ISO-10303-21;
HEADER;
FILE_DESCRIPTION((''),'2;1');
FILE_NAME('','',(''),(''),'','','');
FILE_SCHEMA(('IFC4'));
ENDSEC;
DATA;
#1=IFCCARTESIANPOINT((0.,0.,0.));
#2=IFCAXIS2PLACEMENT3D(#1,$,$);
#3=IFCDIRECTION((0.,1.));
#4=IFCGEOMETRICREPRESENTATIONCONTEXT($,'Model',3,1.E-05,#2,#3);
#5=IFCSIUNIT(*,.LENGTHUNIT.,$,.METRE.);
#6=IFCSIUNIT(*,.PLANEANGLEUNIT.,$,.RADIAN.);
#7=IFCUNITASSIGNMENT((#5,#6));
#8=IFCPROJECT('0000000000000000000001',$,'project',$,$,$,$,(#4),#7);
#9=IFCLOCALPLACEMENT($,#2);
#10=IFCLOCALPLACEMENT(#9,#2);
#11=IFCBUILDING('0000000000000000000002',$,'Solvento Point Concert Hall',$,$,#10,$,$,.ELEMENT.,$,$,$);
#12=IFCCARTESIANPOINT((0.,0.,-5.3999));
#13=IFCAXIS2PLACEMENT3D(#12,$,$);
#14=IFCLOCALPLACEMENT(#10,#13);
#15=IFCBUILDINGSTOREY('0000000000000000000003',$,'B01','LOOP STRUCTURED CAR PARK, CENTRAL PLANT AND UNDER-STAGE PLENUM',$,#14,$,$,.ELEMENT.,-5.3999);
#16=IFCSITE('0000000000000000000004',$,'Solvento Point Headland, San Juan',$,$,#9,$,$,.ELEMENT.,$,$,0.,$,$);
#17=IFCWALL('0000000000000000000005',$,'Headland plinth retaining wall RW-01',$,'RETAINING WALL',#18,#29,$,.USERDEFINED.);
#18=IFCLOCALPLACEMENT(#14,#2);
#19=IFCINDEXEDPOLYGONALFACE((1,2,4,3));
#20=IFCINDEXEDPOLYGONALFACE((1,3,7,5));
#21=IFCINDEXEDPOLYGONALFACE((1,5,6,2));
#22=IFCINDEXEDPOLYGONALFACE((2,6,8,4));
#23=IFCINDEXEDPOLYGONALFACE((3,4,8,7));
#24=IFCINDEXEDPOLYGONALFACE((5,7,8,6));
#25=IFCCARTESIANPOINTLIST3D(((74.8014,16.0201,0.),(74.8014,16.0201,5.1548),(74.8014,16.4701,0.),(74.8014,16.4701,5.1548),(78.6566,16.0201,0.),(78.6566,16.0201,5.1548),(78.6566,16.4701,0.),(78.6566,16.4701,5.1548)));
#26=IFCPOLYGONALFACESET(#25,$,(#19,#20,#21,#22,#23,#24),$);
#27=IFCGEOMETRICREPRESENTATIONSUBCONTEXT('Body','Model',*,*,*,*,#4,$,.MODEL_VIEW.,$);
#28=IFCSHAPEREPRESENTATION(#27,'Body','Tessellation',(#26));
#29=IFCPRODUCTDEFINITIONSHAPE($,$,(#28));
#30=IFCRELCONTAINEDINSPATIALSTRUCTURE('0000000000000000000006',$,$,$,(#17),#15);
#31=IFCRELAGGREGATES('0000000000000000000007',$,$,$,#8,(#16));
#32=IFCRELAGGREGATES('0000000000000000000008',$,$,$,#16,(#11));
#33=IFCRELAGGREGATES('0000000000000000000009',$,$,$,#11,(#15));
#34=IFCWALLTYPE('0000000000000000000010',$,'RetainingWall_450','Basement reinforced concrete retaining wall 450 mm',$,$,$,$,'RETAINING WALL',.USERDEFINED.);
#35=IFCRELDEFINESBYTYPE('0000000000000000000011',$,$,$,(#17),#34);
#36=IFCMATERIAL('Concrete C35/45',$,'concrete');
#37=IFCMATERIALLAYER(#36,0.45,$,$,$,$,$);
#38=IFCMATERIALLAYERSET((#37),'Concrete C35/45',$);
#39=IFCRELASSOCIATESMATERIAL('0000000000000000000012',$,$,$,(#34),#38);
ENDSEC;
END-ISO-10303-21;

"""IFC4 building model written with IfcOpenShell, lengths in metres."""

from ifc_helpers import new_model, si_unit, direction, frame, frame_2d, origin, place, context, subcontext, project, spatial, rectangle, extrude, material, layer, layer_set, type_object, element, save


model = new_model("IFC4")

# Units and contexts
model_context = context("Model", 3, precision=1e-05, world=origin(), true_north=direction((0.0, 1.0)))
body_context = subcontext(model_context, "Body", "Model", "MODEL_VIEW")
ifc_project = project(units=[si_unit("LENGTHUNIT", "METRE"), si_unit("PLANEANGLEUNIT", "RADIAN")], contexts=[model_context])

# Site, building, storey
site_placement = place(None, origin())
site = spatial("IfcSite", under=ifc_project, at=site_placement, Name="Solvento Point Headland, San Juan", CompositionType="ELEMENT", RefElevation=0.0)
building_placement = place(site_placement, origin())
building = spatial("IfcBuilding", under=site, at=building_placement, Name="Solvento Point Concert Hall", CompositionType="ELEMENT")
storey_placement = place(building_placement, frame((0.0, 0.0, -5.3999)))
storey = spatial("IfcBuildingStorey", under=building, at=storey_placement, Name="B01", Description="LOOP STRUCTURED CAR PARK, CENTRAL PLANT AND UNDER-STAGE PLENUM", CompositionType="ELEMENT", Elevation=-5.3999)

# Wall
ifc_material_1 = material(Name="Concrete C35/45", Category="concrete")
ifc_layer_1 = layer(ifc_material_1, 0.45)
ifc_layer_set_1 = layer_set([ifc_layer_1], Name="Concrete C35/45")
wall_type_1 = type_object("IfcWallType", Name="RetainingWall_450", Description="Basement reinforced concrete retaining wall 450 mm", ElementType="RETAINING WALL", PredefinedType="USERDEFINED", material=ifc_layer_set_1)
wall_1_placement = place(storey_placement, frame((78.6567, 16.2451, 0.0), z_axis=(0.0, 0.0, 1.0), x_axis=(-1.0, 0.0, 0.0)))
element("IfcWall", 1, at=wall_1_placement, inside=storey, type_object=wall_type_1, Name="Headland plinth retaining wall RW-01", ObjectType="RETAINING WALL", PredefinedType="USERDEFINED", context=body_context, shape_type="SweptSolid", body=[
    extrude(rectangle(XDim=3.8552, YDim=0.45, at=frame_2d((1.9277, 0.0))), origin(), (0.0, 0.0, 1.0), 5.1548),
])

save(model, "model.ifc")
